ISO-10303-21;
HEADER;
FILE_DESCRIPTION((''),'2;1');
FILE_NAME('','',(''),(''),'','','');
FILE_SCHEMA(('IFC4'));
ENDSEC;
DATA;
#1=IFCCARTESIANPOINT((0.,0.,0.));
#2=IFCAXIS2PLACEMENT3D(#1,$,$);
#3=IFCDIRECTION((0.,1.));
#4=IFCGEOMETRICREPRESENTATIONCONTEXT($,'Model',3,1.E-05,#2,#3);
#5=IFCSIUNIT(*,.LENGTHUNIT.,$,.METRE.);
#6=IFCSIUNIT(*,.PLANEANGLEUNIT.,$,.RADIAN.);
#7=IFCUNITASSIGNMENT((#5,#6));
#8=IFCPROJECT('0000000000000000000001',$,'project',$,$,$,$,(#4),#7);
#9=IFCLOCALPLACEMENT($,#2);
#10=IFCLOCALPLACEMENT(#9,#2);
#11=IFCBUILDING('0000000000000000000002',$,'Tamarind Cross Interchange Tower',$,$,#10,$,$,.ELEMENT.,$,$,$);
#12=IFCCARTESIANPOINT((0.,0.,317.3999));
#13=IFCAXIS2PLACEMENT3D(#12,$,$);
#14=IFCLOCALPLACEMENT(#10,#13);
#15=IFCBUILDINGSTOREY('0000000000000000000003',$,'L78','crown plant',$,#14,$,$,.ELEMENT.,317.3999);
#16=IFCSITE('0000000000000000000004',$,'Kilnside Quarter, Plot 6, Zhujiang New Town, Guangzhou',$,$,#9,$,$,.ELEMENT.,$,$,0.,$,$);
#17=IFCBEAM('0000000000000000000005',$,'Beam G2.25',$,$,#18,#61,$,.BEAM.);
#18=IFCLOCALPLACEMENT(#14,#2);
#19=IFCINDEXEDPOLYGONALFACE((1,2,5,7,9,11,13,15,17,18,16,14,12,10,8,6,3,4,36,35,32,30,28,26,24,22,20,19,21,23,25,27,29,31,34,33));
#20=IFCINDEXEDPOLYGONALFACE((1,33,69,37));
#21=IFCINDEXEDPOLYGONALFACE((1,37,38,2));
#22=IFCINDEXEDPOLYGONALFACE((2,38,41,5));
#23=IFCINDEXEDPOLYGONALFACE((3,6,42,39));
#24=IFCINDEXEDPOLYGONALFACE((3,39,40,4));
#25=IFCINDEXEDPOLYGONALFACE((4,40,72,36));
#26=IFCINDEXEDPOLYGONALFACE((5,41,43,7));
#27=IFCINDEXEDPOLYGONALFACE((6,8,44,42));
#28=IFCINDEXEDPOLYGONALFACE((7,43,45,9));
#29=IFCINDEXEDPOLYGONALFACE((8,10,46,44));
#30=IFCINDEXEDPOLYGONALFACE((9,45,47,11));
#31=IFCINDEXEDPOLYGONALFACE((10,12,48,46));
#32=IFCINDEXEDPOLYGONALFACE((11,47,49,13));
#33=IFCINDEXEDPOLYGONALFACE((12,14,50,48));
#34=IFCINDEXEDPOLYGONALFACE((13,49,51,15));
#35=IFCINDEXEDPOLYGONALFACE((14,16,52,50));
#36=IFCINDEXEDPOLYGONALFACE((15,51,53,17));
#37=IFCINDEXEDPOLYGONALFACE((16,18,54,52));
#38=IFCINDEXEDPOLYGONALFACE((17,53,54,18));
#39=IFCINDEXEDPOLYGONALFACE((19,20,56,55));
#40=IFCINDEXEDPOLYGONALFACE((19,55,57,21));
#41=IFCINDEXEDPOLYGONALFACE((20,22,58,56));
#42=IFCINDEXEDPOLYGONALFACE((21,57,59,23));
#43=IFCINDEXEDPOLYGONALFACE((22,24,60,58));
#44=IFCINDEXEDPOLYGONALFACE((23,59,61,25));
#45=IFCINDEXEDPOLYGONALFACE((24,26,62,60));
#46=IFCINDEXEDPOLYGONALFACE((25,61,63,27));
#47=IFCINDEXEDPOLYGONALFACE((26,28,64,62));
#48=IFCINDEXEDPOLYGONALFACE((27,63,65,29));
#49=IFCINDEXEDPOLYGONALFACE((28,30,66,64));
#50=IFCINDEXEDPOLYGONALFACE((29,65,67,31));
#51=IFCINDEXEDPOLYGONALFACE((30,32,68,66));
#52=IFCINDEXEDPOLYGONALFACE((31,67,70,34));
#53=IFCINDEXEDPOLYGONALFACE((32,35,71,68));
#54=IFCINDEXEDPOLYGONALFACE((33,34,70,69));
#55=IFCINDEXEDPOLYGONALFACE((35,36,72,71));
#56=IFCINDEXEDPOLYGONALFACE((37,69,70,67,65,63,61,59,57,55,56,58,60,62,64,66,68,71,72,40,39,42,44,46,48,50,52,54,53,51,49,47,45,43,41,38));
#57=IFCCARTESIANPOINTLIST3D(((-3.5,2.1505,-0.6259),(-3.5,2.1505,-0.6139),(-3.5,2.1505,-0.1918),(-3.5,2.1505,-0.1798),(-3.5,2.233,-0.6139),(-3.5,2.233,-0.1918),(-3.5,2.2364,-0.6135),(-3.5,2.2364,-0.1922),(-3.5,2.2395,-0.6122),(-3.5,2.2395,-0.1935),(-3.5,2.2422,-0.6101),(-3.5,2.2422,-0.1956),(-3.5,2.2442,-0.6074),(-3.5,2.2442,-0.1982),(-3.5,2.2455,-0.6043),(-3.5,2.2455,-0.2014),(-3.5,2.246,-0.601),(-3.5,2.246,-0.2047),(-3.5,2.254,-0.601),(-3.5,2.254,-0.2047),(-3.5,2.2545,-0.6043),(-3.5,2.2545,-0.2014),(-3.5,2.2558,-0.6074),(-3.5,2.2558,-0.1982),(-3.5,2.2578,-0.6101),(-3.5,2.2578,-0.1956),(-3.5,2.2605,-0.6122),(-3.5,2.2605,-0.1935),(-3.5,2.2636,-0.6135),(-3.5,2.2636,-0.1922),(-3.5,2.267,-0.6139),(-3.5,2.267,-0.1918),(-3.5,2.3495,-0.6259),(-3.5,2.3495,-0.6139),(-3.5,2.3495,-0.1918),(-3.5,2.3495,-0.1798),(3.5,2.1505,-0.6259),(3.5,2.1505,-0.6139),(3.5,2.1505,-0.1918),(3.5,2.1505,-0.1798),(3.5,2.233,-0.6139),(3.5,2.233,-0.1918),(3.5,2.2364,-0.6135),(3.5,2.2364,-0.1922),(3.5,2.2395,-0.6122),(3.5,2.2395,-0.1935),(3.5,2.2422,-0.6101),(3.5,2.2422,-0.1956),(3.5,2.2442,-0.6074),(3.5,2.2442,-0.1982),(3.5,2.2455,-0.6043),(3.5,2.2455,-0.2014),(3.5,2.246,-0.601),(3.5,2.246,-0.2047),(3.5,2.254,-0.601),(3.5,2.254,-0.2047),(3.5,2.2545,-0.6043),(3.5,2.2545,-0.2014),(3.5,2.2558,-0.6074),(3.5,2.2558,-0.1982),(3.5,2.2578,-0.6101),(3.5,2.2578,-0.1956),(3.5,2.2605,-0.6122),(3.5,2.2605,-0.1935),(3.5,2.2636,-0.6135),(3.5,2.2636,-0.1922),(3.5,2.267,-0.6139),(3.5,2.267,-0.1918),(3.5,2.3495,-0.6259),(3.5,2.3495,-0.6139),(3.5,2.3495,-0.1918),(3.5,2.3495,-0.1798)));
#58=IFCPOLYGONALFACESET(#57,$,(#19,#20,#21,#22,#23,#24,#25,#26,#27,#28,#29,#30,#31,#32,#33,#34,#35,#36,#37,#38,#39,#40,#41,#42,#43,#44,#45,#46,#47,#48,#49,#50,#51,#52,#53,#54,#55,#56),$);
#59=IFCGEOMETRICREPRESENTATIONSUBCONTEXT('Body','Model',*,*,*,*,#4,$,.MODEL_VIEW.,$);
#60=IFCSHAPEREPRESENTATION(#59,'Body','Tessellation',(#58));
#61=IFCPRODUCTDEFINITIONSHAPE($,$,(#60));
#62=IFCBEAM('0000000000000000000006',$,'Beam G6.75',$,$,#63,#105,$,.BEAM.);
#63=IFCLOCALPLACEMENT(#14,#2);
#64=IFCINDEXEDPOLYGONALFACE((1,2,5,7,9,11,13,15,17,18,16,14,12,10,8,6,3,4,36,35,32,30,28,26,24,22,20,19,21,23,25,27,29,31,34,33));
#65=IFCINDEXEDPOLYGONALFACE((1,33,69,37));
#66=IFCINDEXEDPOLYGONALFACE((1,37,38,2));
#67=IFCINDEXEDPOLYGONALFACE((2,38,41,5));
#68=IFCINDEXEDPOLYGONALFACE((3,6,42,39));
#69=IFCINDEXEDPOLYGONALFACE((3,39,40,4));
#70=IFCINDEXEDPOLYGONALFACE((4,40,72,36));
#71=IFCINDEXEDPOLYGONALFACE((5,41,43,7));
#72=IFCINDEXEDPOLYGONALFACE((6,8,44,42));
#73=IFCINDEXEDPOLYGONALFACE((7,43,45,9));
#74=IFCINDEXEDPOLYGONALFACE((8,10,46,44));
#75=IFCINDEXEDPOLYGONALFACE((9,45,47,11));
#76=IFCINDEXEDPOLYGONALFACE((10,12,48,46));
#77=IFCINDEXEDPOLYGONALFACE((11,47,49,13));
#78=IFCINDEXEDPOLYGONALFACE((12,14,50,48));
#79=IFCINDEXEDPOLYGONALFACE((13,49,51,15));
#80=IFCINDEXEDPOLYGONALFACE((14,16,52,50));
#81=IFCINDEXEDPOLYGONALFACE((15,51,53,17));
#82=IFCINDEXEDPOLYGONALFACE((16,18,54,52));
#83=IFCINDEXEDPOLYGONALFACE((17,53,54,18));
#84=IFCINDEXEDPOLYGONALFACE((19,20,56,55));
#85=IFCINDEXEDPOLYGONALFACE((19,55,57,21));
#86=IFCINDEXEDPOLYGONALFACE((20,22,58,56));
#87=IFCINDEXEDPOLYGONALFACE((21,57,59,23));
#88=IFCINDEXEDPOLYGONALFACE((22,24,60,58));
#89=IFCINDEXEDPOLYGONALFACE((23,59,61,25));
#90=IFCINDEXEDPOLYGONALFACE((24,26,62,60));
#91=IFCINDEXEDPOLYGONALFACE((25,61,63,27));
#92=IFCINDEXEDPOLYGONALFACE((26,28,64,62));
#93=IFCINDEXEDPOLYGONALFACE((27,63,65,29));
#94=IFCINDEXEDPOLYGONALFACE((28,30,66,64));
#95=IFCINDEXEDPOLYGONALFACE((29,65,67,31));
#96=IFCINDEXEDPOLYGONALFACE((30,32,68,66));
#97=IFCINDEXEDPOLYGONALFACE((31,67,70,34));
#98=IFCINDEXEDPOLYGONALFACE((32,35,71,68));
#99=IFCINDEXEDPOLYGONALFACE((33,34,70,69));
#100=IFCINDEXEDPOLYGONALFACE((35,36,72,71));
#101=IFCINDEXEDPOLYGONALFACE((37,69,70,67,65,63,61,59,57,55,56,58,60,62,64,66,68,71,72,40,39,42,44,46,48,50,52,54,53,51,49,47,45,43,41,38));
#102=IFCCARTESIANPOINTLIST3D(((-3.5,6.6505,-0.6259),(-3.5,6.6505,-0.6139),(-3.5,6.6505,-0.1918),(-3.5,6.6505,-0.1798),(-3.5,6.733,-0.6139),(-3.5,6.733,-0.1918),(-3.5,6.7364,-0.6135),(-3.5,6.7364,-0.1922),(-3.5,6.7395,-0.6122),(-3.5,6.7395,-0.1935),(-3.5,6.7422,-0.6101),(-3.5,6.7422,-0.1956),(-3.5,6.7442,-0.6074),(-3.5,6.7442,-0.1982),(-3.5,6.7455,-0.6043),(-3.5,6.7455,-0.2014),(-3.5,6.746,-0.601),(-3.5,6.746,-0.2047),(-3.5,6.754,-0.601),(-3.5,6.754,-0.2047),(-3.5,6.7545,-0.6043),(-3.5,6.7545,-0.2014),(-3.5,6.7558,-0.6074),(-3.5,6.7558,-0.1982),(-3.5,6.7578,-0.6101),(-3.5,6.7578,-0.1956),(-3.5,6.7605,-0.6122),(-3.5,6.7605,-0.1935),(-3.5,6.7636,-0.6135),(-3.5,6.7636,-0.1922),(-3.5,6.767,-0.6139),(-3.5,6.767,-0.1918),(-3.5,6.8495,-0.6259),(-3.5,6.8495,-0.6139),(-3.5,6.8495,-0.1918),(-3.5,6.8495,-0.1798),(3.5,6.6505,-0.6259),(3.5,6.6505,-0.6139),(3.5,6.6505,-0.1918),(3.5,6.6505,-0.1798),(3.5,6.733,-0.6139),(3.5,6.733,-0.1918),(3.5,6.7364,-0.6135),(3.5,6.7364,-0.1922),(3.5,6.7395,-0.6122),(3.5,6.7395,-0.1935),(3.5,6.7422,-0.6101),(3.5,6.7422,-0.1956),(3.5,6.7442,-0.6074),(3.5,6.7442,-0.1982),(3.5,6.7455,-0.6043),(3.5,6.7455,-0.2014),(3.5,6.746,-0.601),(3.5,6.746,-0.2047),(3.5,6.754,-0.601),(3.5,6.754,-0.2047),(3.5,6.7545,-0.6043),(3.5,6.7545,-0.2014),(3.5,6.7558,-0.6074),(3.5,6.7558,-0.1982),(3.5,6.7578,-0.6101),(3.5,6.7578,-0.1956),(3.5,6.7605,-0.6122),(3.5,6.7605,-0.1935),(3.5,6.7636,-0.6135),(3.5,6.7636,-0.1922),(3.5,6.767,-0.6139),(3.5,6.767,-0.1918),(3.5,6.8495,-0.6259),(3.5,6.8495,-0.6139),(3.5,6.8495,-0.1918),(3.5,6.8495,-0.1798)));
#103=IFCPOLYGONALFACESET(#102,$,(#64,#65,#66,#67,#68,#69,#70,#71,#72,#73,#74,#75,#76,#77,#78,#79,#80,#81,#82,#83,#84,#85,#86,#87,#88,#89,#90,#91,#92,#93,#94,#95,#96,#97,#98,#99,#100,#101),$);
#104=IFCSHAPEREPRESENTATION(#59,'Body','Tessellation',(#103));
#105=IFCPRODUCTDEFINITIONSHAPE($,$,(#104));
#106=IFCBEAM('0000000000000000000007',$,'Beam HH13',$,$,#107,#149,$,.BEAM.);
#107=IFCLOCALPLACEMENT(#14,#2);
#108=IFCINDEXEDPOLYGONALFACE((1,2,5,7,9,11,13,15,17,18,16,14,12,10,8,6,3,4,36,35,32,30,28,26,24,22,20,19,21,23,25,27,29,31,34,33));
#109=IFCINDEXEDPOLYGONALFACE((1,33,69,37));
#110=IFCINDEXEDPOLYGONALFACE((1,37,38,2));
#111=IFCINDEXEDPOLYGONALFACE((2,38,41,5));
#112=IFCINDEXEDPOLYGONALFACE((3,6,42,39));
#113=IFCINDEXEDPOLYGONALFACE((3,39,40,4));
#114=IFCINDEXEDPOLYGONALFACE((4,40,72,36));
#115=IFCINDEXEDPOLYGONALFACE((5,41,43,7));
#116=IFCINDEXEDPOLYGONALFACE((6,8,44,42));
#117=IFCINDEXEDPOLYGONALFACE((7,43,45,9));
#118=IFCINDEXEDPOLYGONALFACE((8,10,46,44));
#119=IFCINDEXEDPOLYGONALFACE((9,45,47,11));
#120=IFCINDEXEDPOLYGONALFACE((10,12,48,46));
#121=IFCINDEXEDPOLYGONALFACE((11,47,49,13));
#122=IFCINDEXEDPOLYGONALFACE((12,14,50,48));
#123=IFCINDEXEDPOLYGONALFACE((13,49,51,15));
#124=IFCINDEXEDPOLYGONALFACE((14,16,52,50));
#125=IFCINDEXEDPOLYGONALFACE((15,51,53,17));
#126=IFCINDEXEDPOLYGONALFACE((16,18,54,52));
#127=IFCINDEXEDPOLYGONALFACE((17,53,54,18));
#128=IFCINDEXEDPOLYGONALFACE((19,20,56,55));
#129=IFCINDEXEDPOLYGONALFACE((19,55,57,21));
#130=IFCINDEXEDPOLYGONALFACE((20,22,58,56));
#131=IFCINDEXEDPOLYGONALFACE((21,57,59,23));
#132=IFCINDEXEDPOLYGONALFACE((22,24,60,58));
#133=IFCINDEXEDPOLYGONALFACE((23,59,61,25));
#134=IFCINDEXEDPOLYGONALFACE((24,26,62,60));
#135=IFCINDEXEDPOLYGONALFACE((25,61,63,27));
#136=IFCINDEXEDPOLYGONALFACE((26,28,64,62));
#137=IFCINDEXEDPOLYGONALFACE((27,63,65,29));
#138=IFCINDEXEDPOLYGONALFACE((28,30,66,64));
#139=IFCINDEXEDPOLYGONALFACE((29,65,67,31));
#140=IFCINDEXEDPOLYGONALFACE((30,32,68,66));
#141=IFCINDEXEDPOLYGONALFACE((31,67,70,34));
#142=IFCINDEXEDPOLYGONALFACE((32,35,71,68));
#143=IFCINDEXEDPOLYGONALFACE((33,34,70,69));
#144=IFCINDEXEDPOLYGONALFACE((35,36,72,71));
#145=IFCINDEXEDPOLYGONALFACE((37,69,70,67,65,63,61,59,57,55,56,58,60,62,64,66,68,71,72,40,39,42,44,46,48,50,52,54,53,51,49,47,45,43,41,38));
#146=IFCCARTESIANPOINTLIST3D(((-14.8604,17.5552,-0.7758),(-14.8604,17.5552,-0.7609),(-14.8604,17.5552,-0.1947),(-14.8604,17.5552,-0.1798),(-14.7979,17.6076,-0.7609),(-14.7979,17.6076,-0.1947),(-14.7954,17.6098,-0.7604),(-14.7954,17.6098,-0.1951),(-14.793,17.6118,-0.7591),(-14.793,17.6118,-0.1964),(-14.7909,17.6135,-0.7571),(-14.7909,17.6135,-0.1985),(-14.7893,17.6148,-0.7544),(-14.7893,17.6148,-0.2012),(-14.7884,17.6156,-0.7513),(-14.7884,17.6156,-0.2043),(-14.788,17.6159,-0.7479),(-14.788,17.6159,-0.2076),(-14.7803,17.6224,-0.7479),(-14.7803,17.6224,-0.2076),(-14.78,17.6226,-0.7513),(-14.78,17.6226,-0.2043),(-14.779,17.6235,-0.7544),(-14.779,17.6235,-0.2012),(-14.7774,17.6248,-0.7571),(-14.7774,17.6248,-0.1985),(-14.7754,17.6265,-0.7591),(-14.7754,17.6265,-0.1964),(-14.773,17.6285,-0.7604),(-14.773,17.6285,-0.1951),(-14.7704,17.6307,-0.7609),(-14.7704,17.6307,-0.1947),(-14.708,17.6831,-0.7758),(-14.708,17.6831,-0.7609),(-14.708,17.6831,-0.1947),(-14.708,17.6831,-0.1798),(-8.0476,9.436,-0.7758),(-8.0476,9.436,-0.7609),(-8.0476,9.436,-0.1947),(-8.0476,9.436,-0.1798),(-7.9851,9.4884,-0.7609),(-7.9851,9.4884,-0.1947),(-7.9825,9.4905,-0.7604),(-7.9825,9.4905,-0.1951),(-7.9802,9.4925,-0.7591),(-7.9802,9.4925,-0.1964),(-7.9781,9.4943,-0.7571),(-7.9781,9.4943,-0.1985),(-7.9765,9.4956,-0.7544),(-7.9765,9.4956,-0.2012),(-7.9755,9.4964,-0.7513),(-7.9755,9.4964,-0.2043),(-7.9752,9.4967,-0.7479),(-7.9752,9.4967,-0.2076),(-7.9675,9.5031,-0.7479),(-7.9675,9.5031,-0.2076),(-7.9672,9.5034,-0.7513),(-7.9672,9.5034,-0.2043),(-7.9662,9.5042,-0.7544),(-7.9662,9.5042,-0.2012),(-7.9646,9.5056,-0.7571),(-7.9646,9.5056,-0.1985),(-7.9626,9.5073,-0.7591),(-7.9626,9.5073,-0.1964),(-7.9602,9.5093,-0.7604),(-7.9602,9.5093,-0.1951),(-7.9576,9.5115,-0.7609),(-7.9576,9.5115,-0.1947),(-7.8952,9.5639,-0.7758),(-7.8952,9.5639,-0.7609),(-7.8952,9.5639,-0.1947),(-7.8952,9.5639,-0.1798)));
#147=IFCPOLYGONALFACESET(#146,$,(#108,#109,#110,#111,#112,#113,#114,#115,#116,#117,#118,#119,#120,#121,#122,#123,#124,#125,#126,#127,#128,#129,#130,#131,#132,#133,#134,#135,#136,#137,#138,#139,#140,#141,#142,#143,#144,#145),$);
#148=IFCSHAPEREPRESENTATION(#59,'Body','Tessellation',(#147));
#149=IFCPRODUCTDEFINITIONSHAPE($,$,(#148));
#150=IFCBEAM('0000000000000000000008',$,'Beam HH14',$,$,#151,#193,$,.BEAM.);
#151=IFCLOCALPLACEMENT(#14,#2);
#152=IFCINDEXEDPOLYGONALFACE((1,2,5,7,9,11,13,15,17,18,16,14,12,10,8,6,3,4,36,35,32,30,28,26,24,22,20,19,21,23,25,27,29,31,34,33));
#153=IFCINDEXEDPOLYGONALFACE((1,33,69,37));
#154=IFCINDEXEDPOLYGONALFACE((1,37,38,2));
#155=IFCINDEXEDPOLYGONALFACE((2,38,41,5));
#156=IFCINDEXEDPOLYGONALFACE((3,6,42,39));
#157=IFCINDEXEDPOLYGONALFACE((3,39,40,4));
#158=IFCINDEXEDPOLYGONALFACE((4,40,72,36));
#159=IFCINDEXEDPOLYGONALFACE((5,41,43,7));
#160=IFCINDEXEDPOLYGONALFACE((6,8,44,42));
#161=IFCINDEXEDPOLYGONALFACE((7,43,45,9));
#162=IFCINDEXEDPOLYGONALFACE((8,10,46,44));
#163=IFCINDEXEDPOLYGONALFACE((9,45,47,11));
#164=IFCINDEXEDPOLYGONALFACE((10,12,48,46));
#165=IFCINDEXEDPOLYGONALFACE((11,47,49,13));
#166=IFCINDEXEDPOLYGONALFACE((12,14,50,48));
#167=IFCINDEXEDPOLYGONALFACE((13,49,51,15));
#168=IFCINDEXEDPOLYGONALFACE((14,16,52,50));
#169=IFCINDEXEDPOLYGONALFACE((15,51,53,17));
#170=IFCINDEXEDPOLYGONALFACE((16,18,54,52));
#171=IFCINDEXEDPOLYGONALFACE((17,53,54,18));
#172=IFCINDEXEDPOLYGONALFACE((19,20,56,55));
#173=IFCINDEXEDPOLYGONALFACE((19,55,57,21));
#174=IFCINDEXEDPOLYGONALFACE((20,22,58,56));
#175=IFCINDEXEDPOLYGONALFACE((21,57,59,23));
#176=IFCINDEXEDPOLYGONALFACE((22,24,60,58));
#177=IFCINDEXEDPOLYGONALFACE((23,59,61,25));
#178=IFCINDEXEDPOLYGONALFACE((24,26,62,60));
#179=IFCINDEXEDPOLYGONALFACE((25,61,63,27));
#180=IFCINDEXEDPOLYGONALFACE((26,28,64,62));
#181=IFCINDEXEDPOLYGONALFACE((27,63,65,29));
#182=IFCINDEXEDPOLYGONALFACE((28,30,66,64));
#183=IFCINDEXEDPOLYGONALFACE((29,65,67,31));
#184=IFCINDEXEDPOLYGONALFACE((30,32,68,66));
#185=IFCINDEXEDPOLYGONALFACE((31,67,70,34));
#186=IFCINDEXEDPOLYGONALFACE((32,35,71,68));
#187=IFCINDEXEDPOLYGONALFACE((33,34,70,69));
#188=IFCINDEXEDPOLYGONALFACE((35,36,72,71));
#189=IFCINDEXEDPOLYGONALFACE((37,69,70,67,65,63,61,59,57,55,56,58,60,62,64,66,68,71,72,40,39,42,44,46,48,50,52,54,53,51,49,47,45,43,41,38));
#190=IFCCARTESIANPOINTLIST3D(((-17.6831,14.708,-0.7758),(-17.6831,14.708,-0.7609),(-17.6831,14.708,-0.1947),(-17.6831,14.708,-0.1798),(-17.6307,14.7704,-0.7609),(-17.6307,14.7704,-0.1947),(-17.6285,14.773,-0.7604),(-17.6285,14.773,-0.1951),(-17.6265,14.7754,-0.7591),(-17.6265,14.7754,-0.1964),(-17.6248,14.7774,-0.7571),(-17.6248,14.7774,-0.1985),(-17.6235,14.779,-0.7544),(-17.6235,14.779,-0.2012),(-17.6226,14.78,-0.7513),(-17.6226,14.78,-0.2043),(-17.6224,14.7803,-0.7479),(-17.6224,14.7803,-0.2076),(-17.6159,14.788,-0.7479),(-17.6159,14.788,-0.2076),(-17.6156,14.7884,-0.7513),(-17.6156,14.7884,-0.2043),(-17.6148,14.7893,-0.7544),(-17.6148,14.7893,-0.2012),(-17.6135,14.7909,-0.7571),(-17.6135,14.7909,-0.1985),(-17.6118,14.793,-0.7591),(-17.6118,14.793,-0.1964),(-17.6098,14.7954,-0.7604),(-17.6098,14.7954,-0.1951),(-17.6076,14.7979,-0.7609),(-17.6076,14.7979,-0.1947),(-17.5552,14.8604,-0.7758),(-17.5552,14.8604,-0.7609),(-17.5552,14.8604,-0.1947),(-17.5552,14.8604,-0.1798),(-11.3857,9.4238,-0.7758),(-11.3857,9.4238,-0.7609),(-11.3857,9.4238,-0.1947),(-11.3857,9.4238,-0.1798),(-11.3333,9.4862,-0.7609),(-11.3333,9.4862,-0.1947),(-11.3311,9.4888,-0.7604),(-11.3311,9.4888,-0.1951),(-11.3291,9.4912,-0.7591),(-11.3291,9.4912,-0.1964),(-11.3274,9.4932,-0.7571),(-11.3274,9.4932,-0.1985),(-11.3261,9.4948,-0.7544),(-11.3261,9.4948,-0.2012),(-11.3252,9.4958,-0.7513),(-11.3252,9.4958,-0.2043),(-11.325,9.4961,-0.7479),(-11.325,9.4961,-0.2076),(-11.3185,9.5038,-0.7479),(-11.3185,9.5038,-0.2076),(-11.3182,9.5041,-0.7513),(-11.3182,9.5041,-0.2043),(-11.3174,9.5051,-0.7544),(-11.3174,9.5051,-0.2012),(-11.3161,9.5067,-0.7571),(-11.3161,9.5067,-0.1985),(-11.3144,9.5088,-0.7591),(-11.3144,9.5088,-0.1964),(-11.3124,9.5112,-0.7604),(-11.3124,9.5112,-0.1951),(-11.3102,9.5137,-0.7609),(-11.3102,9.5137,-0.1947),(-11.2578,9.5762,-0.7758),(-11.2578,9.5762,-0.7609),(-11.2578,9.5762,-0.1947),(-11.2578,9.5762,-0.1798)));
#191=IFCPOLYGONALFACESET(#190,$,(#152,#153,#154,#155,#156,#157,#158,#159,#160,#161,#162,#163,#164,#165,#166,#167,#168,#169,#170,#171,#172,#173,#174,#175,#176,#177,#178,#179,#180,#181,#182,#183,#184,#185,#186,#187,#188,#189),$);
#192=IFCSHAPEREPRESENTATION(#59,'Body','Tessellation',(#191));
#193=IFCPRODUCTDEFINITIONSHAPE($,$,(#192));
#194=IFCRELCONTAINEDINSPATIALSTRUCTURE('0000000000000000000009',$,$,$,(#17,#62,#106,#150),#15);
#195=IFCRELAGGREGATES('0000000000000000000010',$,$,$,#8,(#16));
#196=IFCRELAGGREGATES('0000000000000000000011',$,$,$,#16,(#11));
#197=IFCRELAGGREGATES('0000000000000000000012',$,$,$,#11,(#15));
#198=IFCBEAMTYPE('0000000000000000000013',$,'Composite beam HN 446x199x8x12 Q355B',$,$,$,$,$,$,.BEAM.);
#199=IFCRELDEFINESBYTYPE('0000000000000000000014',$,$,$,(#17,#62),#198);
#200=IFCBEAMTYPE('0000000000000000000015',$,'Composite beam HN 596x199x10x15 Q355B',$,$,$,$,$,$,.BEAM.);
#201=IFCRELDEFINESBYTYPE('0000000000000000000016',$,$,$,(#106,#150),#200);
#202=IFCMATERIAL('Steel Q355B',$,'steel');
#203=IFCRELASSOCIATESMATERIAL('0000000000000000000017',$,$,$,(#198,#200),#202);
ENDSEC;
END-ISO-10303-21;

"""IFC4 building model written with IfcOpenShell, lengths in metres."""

from ifc_helpers import new_model, si_unit, direction, frame, origin, origin_2d, place, context, subcontext, project, spatial, i_section, extrude, material, material_profile, profile_set, type_object, element, save


model = new_model("IFC4")

# Units and contexts
model_context = context("Model", 3, precision=1e-05, world=origin(), true_north=direction((0.0, 1.0)))
body_context = subcontext(model_context, "Body", "Model", "MODEL_VIEW")
ifc_project = project(units=[si_unit("LENGTHUNIT", "METRE"), si_unit("PLANEANGLEUNIT", "RADIAN")], contexts=[model_context])

# Site, building, storey
site_placement = place(None, origin())
site = spatial("IfcSite", under=ifc_project, at=site_placement, Name="Kilnside Quarter, Plot 6, Zhujiang New Town, Guangzhou", CompositionType="ELEMENT", RefElevation=0.0)
building_placement = place(site_placement, origin())
building = spatial("IfcBuilding", under=site, at=building_placement, Name="Tamarind Cross Interchange Tower", CompositionType="ELEMENT")
storey_placement = place(building_placement, frame((0.0, 0.0, 317.3999)))
storey = spatial("IfcBuildingStorey", under=building, at=storey_placement, Name="L78", Description="crown plant", CompositionType="ELEMENT", Elevation=317.3999)

# Beams
ifc_material_1 = material(Name="Steel Q355B", Category="steel")
ifc_material_profile_1 = material_profile(ifc_material_1, i_section(OverallWidth=0.199, OverallDepth=0.446, WebThickness=0.0081, FlangeThickness=0.012, FilletRadius=0.0129, at=origin_2d()), Name="HN 446x199x8x12")
ifc_profile_set_1 = profile_set([ifc_material_profile_1], Name="Steel Q355B")
beam_type_1 = type_object("IfcBeamType", Name="Composite beam HN 446x199x8x12 Q355B", PredefinedType="BEAM", material=ifc_profile_set_1)
for number, where, z_axis, x_axis, name in (
    (1, (-3.5, 2.25, -0.4028), (1.0, 0.0, 0.0), (0.0, 1.0, 0.0), "Beam G2.25"),
    (2, (-3.5, 6.75, -0.4028), (1.0, 0.0, 0.0), (0.0, 1.0, 0.0), "Beam G6.75"),
):
    element("IfcBeam", number, at=place(storey_placement, frame(where, z_axis=z_axis, x_axis=x_axis)), inside=storey, type_object=beam_type_1, Name=name, PredefinedType="BEAM", context=body_context, shape_type="SweptSolid", body=[
        extrude(i_section(OverallWidth=0.199, OverallDepth=0.446, WebThickness=0.0081, FlangeThickness=0.012, FilletRadius=0.0129, at=origin_2d()), origin(), (0.0, 0.0, 1.0), 7.0),
    ])
ifc_material_profile_2 = material_profile(ifc_material_1, i_section(OverallWidth=0.199, OverallDepth=0.5959, WebThickness=0.01, FlangeThickness=0.0149, FilletRadius=0.0129, at=origin_2d()), Name="HN 596x199x10x15")
ifc_profile_set_2 = profile_set([ifc_material_profile_2], Name="Steel Q355B")
beam_type_2 = type_object("IfcBeamType", Name="Composite beam HN 596x199x10x15 Q355B", PredefinedType="BEAM", material=ifc_profile_set_2)
beam_1_placement = place(storey_placement, frame((-14.7842, 17.6191, -0.4778), z_axis=(0.642786, -0.766046, 0.0), x_axis=(0.766046, 0.642786, 0.0)))
element("IfcBeam", 3, at=beam_1_placement, inside=storey, type_object=beam_type_2, Name="Beam HH13", PredefinedType="BEAM", context=body_context, shape_type="SweptSolid", body=[
    extrude(i_section(OverallWidth=0.199, OverallDepth=0.5959, WebThickness=0.01, FlangeThickness=0.0149, FilletRadius=0.0129, at=origin_2d()), origin(), (0.0, 0.0, 1.0), 10.5989),
])
beam_2_placement = place(storey_placement, frame((-17.6191, 14.7842, -0.4778), z_axis=(0.766041, -0.642792, 0.0), x_axis=(0.642792, 0.766041, 0.0)))
element("IfcBeam", 4, at=beam_2_placement, inside=storey, type_object=beam_type_2, Name="Beam HH14", PredefinedType="BEAM", context=body_context, shape_type="SweptSolid", body=[
    extrude(i_section(OverallWidth=0.199, OverallDepth=0.5959, WebThickness=0.01, FlangeThickness=0.0149, FilletRadius=0.0129, at=origin_2d()), origin(), (0.0, 0.0, 1.0), 8.2207),
])

save(model, "model.ifc")
